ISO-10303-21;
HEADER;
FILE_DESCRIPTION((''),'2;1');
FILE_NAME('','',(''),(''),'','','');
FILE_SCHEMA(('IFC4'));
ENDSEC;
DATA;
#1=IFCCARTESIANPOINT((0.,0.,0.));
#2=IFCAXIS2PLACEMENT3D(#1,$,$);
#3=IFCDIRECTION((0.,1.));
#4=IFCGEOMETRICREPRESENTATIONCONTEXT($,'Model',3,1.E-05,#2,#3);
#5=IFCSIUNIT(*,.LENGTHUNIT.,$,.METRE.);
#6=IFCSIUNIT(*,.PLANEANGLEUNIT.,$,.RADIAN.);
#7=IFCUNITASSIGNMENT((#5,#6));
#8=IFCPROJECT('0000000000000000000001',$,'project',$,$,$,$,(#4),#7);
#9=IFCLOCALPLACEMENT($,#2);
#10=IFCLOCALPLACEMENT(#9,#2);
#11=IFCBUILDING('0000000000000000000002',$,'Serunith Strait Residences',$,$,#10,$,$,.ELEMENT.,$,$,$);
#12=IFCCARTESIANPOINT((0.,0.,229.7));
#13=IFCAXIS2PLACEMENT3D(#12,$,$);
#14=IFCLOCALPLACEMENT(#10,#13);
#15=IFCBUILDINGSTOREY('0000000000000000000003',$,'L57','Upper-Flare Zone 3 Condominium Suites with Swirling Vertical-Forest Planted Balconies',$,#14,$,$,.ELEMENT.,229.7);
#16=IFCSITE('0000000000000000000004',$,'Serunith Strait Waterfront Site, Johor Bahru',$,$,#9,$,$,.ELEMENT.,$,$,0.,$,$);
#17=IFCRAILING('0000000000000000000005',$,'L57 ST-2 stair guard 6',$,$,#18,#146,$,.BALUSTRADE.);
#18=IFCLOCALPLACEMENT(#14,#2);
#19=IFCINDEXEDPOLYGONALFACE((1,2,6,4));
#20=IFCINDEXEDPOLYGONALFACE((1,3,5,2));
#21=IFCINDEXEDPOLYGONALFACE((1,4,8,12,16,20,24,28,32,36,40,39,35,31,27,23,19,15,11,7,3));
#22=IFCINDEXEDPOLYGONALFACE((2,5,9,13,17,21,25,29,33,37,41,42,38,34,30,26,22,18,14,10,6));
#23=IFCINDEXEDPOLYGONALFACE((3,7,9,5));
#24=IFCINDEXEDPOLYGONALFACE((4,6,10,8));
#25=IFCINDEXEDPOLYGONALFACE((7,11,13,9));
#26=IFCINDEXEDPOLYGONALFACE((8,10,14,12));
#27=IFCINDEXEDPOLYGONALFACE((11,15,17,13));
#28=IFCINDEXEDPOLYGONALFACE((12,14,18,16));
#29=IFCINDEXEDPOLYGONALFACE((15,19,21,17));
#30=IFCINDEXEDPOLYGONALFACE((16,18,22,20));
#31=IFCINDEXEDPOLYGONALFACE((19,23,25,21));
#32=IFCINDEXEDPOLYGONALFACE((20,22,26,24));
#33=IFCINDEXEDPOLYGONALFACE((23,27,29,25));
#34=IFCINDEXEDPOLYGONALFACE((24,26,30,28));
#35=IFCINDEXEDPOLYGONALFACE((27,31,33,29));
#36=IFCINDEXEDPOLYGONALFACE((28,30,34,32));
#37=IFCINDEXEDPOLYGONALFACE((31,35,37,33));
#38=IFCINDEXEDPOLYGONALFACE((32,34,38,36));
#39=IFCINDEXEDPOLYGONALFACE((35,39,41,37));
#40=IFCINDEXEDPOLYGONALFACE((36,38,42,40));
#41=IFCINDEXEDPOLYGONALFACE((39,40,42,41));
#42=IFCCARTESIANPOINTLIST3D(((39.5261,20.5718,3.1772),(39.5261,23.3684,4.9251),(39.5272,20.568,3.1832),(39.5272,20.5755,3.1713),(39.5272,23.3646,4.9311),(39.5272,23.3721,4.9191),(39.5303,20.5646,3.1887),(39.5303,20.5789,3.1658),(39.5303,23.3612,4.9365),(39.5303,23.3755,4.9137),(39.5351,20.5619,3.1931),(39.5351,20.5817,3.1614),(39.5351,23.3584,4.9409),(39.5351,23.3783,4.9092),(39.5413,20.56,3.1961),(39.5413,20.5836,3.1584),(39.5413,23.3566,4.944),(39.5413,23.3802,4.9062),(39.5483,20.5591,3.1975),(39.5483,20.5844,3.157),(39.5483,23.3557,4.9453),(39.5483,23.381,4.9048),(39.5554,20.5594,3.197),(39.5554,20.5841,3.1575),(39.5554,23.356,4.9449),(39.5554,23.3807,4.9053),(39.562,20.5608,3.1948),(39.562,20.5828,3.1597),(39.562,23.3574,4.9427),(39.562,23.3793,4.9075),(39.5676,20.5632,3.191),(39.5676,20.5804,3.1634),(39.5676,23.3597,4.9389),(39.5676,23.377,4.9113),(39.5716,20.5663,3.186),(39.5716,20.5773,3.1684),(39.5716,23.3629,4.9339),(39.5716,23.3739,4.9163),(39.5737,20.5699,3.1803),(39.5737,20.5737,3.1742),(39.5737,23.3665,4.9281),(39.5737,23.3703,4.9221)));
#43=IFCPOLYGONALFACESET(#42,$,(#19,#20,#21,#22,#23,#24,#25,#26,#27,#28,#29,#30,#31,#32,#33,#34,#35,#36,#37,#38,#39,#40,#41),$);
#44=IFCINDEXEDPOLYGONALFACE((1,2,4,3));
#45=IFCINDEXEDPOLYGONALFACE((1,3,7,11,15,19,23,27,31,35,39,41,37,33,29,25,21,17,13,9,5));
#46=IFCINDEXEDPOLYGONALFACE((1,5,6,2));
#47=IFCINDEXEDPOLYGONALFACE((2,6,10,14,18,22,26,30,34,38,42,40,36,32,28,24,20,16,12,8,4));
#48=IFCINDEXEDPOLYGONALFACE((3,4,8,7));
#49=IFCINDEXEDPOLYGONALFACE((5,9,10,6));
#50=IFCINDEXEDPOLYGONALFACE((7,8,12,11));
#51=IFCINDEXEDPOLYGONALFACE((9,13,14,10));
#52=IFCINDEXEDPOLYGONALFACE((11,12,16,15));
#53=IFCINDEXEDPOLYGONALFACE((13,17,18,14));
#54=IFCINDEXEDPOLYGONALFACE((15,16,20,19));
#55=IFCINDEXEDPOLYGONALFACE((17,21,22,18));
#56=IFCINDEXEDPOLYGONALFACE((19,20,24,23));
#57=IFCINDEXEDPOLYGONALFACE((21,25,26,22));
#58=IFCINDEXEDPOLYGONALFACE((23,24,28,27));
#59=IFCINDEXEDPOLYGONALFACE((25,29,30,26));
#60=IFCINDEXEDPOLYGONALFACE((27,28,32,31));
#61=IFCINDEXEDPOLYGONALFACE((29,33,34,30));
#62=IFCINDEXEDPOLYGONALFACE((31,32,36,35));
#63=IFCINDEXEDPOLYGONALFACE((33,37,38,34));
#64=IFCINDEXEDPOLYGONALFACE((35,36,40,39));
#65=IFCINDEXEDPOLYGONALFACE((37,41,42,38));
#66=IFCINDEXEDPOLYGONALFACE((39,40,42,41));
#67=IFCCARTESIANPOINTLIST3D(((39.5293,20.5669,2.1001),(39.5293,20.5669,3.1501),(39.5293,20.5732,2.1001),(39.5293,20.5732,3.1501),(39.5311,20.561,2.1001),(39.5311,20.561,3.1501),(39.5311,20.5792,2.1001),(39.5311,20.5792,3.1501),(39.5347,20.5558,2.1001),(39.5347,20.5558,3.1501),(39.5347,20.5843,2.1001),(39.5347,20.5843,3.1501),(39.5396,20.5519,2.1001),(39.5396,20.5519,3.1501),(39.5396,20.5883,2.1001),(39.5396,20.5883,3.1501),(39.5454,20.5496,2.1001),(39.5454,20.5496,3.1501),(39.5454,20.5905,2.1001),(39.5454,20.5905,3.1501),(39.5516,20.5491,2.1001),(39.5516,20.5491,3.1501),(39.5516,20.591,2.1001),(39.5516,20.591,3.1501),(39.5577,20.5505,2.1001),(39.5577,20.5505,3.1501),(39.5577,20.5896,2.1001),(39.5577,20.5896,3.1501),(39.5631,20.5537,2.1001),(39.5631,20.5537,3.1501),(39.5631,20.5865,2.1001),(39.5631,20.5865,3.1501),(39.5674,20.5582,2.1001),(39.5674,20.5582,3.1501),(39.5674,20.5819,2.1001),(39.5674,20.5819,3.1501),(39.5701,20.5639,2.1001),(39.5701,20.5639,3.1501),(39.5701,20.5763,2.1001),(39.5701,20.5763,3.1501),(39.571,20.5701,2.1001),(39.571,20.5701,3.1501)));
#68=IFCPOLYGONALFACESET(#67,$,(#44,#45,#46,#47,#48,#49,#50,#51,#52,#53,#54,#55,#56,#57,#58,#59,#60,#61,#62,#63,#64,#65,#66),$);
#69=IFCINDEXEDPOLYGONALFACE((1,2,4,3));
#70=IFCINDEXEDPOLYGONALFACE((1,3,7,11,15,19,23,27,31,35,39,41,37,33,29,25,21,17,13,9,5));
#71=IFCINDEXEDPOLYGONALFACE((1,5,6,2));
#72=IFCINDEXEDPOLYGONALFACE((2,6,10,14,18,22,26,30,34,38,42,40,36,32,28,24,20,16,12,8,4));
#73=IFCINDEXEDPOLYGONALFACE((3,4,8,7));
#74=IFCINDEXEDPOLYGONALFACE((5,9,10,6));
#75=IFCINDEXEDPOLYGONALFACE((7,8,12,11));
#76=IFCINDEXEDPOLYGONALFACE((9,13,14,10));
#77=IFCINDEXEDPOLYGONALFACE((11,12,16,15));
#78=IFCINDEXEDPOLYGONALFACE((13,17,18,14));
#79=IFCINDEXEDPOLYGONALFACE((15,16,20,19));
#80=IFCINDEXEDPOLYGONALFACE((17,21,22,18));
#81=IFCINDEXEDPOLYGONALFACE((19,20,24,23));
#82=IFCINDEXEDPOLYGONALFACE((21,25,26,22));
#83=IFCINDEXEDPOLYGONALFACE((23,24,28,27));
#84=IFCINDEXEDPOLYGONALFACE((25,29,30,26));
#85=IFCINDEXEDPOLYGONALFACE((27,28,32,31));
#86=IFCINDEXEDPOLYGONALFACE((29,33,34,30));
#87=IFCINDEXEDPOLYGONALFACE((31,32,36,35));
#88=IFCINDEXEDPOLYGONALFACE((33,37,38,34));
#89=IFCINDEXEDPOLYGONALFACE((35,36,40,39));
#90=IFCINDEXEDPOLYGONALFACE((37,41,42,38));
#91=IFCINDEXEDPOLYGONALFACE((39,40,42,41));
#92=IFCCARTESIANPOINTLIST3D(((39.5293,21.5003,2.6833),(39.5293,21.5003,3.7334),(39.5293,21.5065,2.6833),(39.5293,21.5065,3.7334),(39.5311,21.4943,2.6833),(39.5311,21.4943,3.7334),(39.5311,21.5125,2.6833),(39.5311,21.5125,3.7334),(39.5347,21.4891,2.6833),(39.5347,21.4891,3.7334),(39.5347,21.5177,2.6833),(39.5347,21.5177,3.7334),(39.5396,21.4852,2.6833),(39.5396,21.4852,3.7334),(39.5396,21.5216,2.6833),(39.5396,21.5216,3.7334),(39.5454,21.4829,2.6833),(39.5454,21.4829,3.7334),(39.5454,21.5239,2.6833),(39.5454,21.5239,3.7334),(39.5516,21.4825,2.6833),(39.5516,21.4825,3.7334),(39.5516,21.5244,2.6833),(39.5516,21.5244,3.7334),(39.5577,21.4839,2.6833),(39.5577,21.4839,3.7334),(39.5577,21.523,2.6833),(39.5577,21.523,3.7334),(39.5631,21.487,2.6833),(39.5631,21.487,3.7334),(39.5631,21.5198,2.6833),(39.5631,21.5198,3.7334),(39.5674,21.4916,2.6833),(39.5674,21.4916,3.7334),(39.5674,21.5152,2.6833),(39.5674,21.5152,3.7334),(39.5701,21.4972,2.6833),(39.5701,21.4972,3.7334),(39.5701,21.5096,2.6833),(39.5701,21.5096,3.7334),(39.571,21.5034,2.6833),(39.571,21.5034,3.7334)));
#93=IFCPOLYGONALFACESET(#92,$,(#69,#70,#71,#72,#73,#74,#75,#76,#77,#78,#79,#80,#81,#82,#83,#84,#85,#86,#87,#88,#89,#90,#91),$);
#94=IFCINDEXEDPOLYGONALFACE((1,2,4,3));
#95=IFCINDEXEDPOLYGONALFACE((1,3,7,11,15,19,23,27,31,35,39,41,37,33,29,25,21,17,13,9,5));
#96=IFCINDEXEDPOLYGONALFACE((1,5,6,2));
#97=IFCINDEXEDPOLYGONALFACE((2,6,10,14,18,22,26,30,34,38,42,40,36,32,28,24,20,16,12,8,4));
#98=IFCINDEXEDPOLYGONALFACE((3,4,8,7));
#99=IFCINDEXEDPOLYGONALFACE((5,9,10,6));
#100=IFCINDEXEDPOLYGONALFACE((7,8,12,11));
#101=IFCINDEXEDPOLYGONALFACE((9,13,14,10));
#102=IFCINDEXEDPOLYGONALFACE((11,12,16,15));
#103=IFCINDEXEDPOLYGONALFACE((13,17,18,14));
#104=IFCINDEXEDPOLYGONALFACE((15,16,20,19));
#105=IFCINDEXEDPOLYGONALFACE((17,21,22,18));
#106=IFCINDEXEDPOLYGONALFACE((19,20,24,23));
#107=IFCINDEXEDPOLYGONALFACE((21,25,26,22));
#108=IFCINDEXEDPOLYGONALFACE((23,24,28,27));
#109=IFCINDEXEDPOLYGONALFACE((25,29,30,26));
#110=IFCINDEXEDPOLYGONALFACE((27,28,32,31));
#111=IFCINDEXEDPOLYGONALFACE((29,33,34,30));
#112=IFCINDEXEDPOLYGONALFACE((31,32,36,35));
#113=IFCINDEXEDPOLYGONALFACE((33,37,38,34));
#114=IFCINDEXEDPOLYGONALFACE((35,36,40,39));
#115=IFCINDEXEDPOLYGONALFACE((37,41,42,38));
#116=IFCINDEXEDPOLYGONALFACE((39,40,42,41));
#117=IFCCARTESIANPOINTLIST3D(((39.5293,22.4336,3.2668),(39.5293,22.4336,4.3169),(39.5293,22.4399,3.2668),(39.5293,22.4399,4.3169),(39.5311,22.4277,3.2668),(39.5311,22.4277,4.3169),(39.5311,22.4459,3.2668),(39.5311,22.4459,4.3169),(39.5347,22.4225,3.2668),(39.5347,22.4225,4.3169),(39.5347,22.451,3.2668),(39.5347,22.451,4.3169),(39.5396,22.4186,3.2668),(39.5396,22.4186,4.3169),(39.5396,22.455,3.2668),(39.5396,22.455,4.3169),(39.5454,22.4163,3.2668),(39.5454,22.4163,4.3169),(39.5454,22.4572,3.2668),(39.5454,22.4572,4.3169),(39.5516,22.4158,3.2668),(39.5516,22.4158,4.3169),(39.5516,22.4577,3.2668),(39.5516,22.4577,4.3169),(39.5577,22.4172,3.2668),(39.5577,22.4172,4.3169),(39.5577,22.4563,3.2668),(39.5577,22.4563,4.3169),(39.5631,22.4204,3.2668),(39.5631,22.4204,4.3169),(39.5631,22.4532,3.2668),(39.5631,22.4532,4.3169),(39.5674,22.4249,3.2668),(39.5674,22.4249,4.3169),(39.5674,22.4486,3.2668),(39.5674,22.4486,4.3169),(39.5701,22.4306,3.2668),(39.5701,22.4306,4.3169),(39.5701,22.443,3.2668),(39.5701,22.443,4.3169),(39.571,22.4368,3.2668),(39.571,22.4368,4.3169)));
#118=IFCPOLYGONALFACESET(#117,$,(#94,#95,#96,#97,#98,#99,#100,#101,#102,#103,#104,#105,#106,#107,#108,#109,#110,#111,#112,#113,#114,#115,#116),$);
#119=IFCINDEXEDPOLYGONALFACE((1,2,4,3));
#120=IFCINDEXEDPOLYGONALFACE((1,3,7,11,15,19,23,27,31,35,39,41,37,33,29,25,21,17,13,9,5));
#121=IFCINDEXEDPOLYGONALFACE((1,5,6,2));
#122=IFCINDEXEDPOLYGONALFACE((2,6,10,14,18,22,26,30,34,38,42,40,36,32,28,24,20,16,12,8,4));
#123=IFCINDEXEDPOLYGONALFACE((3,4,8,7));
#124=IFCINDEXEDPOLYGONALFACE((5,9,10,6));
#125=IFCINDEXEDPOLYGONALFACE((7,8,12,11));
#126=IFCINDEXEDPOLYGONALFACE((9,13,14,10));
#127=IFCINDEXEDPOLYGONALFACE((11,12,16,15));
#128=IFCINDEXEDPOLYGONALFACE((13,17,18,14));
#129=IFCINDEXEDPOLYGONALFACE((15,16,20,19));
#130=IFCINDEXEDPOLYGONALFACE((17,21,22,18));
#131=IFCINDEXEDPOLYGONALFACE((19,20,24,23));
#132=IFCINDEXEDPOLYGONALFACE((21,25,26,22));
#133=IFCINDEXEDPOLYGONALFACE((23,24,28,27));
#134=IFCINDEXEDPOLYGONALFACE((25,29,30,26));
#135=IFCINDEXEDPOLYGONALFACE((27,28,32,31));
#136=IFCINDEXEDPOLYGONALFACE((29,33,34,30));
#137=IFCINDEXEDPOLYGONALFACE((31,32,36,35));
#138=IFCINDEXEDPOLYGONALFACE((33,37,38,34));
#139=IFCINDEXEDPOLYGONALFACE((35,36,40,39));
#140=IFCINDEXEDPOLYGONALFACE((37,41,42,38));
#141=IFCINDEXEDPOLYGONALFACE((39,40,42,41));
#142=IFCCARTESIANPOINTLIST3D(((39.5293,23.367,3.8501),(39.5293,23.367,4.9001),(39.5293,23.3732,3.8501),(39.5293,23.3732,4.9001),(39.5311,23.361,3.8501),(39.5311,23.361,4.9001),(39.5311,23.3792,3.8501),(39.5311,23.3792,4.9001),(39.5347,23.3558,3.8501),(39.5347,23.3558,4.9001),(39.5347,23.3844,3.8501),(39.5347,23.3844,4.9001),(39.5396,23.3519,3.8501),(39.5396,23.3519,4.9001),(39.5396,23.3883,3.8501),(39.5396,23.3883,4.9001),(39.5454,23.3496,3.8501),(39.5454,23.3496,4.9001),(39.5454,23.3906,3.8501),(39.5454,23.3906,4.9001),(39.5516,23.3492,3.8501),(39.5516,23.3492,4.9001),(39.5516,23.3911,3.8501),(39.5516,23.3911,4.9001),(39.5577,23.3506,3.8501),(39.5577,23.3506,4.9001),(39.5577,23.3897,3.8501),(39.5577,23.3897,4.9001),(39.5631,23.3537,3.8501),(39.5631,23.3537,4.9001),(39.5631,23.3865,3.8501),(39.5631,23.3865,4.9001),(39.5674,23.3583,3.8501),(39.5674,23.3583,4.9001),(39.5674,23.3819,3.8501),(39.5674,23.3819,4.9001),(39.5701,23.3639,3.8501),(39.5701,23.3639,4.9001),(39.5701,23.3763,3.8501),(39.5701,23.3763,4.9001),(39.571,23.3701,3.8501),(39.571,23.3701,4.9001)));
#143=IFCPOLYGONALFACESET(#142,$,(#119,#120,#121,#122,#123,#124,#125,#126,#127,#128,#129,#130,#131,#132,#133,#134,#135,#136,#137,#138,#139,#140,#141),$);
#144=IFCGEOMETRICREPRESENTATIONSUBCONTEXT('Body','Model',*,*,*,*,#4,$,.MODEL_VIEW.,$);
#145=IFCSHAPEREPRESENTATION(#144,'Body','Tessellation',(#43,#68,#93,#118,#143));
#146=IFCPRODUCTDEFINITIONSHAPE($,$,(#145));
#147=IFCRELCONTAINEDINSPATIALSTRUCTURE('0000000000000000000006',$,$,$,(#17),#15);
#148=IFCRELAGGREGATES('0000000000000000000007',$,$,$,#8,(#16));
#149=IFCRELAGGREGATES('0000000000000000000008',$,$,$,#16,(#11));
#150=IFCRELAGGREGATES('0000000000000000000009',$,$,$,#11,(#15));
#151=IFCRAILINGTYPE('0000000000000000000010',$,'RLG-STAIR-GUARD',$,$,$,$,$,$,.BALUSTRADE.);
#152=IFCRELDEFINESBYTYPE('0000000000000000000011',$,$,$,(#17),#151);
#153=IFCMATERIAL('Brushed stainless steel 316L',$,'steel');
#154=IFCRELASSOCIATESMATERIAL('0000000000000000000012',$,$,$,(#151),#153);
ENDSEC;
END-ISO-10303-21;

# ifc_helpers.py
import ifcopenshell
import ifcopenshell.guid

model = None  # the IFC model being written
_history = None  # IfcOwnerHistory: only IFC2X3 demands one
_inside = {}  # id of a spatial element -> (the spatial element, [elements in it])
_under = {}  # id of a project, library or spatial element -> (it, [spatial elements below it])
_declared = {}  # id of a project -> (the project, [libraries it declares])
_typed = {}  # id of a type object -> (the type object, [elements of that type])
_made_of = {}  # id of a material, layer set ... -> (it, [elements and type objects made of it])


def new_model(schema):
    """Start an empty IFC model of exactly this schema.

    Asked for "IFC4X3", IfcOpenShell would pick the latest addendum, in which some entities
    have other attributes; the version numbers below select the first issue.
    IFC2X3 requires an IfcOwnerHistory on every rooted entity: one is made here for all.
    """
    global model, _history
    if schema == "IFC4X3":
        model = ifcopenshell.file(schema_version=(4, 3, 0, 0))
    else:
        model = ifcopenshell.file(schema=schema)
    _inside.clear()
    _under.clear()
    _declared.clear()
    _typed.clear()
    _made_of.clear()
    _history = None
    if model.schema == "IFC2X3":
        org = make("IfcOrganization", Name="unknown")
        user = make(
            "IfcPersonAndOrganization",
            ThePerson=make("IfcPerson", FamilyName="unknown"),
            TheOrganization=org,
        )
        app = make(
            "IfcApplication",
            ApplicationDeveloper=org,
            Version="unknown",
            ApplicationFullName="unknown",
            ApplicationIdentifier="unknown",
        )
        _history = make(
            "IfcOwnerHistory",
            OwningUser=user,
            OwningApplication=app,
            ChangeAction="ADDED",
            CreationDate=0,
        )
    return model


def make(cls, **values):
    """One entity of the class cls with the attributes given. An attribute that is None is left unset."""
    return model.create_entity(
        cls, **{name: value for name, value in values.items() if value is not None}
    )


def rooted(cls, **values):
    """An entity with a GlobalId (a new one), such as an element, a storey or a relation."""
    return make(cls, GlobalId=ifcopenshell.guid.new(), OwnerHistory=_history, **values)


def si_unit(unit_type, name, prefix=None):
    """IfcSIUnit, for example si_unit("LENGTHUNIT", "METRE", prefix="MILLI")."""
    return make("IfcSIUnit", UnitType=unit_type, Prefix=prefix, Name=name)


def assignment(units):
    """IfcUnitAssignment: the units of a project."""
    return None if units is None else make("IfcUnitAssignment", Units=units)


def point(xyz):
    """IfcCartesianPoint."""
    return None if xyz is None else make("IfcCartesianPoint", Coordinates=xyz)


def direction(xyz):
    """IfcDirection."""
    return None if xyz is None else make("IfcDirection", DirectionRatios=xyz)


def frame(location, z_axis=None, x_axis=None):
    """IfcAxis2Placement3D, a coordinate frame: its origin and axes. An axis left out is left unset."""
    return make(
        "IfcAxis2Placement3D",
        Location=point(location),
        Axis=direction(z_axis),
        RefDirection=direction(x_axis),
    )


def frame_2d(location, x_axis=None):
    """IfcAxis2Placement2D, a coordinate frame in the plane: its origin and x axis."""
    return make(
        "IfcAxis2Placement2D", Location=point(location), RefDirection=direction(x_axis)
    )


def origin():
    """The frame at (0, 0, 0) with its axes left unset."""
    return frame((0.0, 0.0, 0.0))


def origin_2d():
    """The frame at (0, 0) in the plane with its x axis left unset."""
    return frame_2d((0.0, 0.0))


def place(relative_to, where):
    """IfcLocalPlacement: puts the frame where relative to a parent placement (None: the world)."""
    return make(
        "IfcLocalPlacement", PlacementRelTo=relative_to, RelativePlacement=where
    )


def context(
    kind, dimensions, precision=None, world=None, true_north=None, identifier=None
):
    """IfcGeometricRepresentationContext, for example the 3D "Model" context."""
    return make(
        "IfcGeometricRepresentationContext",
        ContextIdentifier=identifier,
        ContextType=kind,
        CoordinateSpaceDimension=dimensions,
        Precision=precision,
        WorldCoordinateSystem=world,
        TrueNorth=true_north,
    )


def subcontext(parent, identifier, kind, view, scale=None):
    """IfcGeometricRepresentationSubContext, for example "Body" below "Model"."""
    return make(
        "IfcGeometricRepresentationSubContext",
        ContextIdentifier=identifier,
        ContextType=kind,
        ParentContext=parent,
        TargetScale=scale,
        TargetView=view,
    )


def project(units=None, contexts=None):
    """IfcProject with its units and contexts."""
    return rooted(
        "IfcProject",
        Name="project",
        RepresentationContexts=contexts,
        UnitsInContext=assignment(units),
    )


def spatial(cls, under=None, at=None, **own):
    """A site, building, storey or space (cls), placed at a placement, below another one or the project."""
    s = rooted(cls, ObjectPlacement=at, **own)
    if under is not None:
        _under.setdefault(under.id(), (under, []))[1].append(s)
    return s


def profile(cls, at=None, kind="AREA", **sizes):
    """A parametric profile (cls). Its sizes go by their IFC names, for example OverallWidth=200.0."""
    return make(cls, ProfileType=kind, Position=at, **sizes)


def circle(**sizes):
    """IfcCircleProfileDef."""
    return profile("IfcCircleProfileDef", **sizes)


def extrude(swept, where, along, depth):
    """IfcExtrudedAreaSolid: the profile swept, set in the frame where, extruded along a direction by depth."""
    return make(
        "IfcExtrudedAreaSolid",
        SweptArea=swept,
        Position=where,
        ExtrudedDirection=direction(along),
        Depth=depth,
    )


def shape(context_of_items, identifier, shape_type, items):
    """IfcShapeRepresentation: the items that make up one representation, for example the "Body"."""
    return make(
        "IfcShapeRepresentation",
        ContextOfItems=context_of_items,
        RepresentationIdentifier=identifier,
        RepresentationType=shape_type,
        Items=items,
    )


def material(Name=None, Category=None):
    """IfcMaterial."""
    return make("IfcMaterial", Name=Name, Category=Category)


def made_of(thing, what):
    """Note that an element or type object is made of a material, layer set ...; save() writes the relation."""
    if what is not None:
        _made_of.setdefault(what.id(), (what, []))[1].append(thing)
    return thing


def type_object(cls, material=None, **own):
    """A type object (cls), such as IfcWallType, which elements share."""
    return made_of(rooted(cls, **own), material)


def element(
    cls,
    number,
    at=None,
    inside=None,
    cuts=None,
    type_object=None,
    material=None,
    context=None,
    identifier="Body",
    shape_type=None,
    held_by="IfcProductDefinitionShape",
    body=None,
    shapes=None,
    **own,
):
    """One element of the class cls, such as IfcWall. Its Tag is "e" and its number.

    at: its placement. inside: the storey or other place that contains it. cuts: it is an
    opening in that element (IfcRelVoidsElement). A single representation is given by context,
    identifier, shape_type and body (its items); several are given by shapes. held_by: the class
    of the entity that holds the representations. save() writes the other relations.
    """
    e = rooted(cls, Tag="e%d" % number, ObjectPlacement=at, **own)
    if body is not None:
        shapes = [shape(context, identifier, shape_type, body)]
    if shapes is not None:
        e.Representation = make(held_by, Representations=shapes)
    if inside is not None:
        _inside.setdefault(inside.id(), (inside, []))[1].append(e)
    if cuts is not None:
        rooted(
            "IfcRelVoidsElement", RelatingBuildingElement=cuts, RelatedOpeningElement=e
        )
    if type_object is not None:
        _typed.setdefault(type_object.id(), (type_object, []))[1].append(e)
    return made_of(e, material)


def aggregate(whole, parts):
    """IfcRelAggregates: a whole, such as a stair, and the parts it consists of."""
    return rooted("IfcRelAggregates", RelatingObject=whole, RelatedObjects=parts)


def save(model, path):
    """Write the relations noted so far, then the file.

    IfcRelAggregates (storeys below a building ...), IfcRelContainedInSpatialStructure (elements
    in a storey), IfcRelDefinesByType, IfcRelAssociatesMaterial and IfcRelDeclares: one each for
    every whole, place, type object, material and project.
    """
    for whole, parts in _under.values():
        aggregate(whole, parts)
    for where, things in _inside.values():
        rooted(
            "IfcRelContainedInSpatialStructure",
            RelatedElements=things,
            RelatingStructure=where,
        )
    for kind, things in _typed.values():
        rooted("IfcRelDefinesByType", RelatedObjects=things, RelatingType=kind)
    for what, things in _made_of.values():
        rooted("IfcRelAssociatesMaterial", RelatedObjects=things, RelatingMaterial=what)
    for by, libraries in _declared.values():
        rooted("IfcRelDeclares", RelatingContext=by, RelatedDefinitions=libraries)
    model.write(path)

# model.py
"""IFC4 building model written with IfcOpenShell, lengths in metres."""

from ifc_helpers import new_model, si_unit, direction, frame, origin, origin_2d, place, context, subcontext, project, spatial, circle, extrude, material, type_object, element, save


model = new_model("IFC4")

# Units and contexts
model_context = context("Model", 3, precision=1e-05, world=origin(), true_north=direction((0.0, 1.0)))
body_context = subcontext(model_context, "Body", "Model", "MODEL_VIEW")
ifc_project = project(units=[si_unit("LENGTHUNIT", "METRE"), si_unit("PLANEANGLEUNIT", "RADIAN")], contexts=[model_context])

# Site, building, storey
site_placement = place(None, origin())
site = spatial("IfcSite", under=ifc_project, at=site_placement, Name="Serunith Strait Waterfront Site, Johor Bahru", CompositionType="ELEMENT", RefElevation=0.0)
building_placement = place(site_placement, origin())
building = spatial("IfcBuilding", under=site, at=building_placement, Name="Serunith Strait Residences", CompositionType="ELEMENT")
storey_placement = place(building_placement, frame((0.0, 0.0, 229.7)))
storey = spatial("IfcBuildingStorey", under=building, at=storey_placement, Name="L57", Description="Upper-Flare Zone 3 Condominium Suites with Swirling Vertical-Forest Planted Balconies", CompositionType="ELEMENT", Elevation=229.7)

# Railing
ifc_material_1 = material(Name="Brushed stainless steel 316L", Category="steel")
railing_type_1 = type_object("IfcRailingType", Name="RLG-STAIR-GUARD", PredefinedType="BALUSTRADE", material=ifc_material_1)
railing_1_placement = place(storey_placement, frame((39.55, 20.5701, 2.1001)))
element("IfcRailing", 1, at=railing_1_placement, inside=storey, type_object=railing_type_1, Name="L57 ST-2 stair guard 6", PredefinedType="BALUSTRADE", context=body_context, shape_type="SweptSolid", body=[
    extrude(circle(Radius=0.0239, at=origin_2d()), frame((0.0, 0.0017, 1.0771), z_axis=(0.0, 0.848002, 0.529992), x_axis=(-1.0, 0.0, 0.0)), (0.0, 0.0, 1.0), 3.2979),
    extrude(circle(Radius=0.021, at=origin_2d()), origin(), (0.0, 0.0, 1.0), 1.05),
    extrude(circle(Radius=0.021, at=origin_2d()), frame((0.0, 0.9333, 0.5833)), (0.0, 0.0, 1.0), 1.05),
    extrude(circle(Radius=0.021, at=origin_2d()), frame((0.0, 1.8667, 1.1667)), (0.0, 0.0, 1.0), 1.05),
    extrude(circle(Radius=0.021, at=origin_2d()), frame((0.0, 2.8, 1.75)), (0.0, 0.0, 1.0), 1.05),
])

save(model, "model.ifc")
